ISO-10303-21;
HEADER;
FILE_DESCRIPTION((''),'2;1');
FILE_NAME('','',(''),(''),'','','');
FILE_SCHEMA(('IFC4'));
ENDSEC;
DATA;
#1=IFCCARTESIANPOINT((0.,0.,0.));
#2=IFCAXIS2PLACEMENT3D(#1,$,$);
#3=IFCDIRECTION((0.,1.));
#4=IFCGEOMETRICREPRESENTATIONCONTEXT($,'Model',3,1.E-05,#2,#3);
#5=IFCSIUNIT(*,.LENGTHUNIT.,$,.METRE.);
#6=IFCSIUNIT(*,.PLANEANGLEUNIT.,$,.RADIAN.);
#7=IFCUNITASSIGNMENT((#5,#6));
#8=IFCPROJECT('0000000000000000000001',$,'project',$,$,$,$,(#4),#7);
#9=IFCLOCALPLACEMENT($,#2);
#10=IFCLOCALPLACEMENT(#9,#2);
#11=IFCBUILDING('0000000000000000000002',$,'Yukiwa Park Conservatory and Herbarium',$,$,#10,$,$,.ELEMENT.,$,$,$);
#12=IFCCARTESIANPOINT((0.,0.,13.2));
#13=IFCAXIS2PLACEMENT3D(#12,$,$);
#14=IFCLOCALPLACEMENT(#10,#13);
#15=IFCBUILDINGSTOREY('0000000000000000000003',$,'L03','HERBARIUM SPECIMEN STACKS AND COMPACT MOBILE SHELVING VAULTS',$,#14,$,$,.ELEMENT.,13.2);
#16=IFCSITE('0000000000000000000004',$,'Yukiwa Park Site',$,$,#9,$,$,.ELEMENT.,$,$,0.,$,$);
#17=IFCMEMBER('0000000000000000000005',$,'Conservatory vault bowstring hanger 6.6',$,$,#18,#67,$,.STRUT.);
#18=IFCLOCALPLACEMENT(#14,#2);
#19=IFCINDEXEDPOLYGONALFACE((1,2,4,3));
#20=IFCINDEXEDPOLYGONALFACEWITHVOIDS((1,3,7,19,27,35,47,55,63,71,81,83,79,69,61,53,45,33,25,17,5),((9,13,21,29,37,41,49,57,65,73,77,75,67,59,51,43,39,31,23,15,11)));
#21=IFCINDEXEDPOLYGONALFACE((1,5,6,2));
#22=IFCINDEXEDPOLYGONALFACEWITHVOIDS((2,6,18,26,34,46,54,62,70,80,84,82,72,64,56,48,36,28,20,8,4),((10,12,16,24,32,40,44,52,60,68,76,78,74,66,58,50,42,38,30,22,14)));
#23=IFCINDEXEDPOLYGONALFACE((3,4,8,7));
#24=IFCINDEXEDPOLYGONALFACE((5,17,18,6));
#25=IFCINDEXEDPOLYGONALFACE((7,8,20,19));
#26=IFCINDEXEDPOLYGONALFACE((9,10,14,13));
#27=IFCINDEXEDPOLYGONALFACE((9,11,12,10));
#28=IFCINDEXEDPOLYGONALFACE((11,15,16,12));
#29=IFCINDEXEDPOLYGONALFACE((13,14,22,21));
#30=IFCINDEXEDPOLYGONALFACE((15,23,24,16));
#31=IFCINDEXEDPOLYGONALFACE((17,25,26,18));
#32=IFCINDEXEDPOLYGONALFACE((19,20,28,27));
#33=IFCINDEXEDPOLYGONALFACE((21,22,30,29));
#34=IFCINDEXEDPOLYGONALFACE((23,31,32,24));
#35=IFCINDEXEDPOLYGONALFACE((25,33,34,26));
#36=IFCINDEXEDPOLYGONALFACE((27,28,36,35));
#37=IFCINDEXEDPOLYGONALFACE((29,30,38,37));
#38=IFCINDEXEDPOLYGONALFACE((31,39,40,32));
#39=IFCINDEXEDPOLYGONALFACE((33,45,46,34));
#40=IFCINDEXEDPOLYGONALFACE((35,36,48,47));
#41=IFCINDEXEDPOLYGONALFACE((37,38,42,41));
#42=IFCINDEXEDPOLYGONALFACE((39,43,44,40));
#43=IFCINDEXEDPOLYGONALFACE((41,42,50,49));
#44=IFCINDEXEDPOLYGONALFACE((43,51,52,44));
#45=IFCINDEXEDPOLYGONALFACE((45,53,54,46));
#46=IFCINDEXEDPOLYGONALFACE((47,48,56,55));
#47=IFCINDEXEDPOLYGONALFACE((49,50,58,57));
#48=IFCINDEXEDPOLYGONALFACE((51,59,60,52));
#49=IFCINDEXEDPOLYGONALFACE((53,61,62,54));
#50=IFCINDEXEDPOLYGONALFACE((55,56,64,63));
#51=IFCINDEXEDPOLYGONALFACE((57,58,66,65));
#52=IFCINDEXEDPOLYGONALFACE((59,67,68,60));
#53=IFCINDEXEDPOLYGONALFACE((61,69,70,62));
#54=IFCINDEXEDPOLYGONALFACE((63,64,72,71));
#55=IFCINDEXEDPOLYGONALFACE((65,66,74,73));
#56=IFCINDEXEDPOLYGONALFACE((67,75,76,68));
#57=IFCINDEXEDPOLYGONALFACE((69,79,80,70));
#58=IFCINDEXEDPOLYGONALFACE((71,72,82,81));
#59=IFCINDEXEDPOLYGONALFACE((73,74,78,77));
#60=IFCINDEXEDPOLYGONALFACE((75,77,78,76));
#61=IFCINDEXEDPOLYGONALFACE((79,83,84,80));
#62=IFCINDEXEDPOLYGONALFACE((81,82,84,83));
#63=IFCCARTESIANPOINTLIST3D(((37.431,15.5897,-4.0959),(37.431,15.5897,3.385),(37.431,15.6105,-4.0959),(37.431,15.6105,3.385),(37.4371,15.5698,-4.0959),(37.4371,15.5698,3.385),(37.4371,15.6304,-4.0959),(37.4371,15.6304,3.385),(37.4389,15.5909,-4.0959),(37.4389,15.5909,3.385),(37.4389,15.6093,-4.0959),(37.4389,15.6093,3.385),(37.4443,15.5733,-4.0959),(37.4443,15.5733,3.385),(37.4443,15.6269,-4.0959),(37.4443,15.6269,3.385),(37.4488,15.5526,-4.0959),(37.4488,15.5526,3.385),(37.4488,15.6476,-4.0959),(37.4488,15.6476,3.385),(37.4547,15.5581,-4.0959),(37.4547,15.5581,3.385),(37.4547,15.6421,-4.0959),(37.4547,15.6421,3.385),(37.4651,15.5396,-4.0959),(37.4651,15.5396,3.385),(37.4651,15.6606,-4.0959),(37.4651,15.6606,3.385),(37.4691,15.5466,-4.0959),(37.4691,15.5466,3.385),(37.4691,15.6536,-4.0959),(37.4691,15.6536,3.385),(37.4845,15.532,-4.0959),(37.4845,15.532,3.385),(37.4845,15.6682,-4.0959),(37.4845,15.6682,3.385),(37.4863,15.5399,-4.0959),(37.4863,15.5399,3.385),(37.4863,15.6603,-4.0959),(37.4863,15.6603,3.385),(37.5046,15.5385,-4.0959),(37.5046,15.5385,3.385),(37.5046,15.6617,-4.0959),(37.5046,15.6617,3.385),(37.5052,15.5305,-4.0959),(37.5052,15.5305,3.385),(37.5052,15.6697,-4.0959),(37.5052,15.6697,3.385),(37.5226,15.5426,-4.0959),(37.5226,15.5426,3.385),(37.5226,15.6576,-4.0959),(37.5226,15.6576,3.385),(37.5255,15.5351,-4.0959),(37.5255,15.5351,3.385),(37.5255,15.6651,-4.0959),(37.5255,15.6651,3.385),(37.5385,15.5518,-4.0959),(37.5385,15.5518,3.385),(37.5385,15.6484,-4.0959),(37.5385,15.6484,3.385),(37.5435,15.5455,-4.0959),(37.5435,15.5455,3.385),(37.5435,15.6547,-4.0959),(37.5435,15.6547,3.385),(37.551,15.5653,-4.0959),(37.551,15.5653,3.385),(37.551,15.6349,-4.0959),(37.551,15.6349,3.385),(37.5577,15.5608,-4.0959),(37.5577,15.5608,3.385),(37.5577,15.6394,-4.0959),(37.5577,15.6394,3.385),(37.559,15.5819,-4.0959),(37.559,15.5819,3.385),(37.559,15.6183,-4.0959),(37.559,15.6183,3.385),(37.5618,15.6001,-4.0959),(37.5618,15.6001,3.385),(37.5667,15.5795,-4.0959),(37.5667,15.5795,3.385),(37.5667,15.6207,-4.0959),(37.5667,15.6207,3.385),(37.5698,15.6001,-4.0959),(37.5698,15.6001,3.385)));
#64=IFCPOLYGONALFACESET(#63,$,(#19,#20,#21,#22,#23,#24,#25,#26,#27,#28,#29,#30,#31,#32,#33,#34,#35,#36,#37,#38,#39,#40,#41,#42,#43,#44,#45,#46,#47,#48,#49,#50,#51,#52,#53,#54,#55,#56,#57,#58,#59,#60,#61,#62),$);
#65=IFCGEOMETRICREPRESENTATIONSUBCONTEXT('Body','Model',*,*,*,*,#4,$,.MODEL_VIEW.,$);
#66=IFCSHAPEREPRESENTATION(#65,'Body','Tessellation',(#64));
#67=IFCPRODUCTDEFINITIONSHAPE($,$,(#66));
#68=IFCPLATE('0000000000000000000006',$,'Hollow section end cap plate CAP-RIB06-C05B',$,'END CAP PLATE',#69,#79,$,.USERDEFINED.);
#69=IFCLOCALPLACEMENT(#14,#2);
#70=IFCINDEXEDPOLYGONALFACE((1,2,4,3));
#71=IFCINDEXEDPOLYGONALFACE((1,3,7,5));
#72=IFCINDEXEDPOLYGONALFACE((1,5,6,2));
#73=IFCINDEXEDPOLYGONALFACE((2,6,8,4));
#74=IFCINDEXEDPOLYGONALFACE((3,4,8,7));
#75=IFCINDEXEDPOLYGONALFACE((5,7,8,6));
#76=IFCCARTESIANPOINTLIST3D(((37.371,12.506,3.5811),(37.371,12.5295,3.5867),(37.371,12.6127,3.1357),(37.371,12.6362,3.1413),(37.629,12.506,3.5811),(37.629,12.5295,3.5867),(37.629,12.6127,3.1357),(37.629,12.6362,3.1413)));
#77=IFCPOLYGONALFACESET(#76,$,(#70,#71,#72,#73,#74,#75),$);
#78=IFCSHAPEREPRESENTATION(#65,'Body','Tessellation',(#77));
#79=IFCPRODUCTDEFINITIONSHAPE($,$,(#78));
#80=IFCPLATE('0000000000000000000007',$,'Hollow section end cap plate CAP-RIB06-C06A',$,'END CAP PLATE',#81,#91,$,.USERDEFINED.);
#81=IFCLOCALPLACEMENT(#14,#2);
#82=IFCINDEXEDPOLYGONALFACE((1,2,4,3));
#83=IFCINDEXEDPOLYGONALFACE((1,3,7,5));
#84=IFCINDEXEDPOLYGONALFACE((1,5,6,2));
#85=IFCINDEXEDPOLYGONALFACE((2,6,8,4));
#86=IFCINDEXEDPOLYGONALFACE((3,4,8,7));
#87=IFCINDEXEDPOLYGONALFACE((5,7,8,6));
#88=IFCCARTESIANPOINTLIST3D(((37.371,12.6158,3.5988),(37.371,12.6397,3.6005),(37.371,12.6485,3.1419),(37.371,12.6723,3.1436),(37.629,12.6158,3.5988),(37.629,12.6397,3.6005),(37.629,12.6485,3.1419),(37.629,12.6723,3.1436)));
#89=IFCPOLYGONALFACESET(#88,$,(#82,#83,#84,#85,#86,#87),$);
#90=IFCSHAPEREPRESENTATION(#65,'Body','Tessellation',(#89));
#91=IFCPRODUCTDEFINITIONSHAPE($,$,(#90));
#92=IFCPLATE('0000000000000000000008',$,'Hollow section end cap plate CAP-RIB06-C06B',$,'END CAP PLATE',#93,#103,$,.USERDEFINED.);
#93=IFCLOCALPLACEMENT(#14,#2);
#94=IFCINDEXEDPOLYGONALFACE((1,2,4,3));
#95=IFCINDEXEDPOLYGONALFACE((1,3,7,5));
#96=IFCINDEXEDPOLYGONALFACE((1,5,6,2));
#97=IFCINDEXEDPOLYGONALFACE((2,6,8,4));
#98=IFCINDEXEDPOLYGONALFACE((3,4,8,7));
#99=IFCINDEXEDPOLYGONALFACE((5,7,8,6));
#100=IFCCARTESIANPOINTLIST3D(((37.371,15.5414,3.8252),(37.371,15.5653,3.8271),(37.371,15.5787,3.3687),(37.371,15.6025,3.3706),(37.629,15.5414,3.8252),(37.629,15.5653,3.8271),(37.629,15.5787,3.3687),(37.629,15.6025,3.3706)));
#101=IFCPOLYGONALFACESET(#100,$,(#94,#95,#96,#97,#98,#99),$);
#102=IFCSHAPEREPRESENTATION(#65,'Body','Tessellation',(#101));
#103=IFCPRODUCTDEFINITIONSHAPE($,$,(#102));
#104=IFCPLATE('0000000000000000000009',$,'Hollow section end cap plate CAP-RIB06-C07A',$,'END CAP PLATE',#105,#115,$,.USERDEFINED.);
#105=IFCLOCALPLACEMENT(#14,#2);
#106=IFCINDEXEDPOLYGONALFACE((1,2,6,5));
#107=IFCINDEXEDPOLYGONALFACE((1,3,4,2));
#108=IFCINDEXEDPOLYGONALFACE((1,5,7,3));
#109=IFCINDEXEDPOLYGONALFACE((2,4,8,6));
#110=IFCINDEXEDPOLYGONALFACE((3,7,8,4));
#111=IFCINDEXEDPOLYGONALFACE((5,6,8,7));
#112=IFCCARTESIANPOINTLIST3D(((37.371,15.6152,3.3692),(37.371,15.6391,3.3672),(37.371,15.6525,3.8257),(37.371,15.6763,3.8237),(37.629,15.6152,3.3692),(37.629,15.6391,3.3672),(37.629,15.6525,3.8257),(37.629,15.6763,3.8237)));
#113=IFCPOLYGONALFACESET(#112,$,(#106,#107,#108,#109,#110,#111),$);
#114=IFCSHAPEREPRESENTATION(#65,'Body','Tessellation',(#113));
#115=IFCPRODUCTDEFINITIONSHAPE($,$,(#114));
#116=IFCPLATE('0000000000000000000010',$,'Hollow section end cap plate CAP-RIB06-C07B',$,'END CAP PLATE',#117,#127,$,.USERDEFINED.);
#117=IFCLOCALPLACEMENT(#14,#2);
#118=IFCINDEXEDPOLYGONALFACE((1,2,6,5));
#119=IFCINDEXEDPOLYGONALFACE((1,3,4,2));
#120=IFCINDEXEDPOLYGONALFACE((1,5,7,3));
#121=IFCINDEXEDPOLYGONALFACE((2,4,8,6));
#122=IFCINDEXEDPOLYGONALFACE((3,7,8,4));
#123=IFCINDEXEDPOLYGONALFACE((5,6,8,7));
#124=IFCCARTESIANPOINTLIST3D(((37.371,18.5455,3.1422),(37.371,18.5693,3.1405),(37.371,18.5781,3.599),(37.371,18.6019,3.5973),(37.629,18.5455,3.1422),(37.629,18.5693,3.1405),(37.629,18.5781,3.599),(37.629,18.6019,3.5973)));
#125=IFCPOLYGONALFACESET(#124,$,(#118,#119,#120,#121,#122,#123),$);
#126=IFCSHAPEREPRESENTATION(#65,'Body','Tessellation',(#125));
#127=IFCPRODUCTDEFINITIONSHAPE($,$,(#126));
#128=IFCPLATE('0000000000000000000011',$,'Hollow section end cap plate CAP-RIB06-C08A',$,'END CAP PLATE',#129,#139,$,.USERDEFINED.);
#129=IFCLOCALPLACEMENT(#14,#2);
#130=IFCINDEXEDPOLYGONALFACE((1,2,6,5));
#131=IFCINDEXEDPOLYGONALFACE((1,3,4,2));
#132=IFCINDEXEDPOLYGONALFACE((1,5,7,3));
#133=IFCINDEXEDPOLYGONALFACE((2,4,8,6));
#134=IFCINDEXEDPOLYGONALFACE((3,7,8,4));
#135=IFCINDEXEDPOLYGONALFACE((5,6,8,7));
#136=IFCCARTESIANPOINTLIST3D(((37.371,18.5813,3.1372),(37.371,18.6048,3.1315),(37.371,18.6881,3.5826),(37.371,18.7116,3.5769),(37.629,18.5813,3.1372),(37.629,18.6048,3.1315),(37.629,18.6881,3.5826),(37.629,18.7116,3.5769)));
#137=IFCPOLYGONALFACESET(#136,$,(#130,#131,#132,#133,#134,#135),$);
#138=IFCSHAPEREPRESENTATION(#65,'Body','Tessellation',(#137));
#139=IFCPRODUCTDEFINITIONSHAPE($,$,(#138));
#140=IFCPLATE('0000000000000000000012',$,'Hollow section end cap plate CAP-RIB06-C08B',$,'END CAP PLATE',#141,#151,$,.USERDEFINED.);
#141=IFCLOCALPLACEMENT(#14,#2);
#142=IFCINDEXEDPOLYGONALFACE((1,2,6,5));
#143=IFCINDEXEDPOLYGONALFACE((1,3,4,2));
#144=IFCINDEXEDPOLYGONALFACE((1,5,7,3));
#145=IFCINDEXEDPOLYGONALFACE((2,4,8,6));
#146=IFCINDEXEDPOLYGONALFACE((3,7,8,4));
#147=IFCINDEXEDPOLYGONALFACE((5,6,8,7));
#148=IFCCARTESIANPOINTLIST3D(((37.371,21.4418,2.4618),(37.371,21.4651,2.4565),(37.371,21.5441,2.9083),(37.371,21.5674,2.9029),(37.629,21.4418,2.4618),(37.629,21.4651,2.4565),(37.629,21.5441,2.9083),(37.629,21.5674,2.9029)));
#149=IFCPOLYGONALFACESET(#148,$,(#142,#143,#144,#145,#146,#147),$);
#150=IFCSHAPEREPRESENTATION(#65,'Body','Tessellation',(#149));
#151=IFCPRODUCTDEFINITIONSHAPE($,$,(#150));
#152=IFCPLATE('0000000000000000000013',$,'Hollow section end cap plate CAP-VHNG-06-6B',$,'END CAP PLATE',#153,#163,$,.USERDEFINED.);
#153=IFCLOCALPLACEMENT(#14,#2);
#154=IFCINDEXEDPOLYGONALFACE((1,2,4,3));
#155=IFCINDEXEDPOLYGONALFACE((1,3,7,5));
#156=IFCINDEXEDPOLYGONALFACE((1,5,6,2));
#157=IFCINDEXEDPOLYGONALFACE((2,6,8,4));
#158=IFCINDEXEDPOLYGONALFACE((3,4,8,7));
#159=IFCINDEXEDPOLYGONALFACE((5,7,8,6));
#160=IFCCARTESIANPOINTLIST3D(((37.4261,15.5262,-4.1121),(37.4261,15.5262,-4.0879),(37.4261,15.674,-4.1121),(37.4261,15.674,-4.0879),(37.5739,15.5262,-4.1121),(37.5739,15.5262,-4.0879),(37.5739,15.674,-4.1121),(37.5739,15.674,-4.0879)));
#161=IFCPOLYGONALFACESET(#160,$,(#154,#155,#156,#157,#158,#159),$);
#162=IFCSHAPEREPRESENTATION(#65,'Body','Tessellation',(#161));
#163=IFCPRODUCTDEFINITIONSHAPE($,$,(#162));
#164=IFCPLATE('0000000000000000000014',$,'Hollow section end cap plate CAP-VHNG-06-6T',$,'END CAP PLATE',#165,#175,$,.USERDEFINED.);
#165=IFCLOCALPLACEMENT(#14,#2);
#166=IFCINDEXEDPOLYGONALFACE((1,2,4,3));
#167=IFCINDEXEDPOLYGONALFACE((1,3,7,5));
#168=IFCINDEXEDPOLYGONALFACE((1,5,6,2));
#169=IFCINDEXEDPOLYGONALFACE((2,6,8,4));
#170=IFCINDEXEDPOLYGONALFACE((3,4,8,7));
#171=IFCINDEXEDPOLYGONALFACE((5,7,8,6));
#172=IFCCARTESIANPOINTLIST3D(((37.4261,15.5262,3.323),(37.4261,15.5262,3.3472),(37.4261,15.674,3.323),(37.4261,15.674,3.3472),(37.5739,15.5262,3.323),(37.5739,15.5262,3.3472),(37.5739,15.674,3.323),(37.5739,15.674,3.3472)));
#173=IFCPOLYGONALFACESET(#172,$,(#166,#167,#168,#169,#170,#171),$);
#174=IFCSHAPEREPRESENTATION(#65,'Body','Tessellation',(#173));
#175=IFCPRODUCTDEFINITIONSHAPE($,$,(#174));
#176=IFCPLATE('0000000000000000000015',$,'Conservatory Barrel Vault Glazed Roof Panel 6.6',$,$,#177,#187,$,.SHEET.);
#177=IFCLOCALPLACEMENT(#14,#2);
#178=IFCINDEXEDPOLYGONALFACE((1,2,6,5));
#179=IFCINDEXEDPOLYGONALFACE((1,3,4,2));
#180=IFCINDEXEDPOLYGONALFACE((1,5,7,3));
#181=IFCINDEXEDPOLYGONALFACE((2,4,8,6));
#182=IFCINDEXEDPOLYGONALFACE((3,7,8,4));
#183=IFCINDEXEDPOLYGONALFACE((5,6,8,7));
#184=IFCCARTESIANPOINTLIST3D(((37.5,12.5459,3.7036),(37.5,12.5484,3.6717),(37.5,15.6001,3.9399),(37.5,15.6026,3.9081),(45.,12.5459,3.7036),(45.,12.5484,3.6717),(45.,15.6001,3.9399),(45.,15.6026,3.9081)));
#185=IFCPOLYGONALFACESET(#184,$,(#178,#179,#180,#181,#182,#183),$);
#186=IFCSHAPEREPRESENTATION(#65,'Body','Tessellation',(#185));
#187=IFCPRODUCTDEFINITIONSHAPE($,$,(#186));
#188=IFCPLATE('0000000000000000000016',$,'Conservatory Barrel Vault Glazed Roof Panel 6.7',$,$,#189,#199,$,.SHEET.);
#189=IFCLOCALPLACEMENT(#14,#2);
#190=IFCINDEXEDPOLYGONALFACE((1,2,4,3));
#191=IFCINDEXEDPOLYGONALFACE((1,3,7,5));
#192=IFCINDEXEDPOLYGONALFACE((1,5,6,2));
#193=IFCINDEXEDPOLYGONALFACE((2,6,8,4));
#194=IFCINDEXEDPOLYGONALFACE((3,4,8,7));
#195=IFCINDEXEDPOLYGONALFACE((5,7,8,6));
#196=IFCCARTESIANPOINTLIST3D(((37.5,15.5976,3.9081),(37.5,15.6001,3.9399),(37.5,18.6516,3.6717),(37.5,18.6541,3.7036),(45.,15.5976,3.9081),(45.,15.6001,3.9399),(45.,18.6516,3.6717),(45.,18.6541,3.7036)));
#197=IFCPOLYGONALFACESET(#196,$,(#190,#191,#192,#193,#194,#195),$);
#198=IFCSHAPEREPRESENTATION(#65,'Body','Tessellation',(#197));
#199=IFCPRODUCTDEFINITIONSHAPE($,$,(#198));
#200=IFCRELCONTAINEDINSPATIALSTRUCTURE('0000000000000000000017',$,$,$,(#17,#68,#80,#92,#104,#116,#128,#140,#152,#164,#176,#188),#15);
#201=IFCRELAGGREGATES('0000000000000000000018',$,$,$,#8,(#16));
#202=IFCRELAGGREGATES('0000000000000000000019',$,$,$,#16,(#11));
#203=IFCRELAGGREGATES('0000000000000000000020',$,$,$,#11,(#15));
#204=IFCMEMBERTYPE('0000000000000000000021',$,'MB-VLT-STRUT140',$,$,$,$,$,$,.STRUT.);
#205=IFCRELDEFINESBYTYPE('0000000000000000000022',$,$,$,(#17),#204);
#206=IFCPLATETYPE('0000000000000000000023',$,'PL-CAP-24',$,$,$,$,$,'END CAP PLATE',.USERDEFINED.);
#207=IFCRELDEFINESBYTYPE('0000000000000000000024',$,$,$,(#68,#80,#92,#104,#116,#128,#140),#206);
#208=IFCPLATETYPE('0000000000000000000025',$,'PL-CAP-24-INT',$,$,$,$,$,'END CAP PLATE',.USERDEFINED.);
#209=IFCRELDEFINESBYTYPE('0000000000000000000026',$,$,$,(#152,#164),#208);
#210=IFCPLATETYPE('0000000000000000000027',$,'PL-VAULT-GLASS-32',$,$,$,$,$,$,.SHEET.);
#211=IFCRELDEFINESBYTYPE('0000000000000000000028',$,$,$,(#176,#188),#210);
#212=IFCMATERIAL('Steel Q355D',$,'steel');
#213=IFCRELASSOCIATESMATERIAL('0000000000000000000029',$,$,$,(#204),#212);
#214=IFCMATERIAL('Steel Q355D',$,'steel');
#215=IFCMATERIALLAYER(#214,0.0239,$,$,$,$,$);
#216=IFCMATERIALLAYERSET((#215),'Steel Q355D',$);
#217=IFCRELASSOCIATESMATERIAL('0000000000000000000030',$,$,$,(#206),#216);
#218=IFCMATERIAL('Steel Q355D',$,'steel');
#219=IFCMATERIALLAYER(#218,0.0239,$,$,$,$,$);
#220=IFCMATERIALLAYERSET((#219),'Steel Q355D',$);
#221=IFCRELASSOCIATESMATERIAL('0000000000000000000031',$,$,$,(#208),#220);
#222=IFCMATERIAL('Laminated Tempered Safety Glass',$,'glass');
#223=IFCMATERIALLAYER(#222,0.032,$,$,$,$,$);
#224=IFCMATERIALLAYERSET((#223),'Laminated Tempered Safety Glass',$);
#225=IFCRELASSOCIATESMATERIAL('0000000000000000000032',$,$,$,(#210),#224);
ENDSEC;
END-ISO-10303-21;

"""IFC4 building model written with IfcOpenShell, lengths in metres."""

from ifc_helpers import new_model, si_unit, direction, frame, origin, origin_2d, place, context, subcontext, project, spatial, polyline, rectangle, hollow_circle, outline, extrude, material, layer, layer_set, material_profile, profile_set, type_object, element, save


model = new_model("IFC4")

# Units and contexts
model_context = context("Model", 3, precision=1e-05, world=origin(), true_north=direction((0.0, 1.0)))
body_context = subcontext(model_context, "Body", "Model", "MODEL_VIEW")
ifc_project = project(units=[si_unit("LENGTHUNIT", "METRE"), si_unit("PLANEANGLEUNIT", "RADIAN")], contexts=[model_context])

# Site, building, storey
site_placement = place(None, origin())
site = spatial("IfcSite", under=ifc_project, at=site_placement, Name="Yukiwa Park Site", CompositionType="ELEMENT", RefElevation=0.0)
building_placement = place(site_placement, origin())
building = spatial("IfcBuilding", under=site, at=building_placement, Name="Yukiwa Park Conservatory and Herbarium", CompositionType="ELEMENT")
storey_placement = place(building_placement, frame((0.0, 0.0, 13.2)))
storey = spatial("IfcBuildingStorey", under=building, at=storey_placement, Name="L03", Description="HERBARIUM SPECIMEN STACKS AND COMPACT MOBILE SHELVING VAULTS", CompositionType="ELEMENT", Elevation=13.2)

# Member
ifc_material_1 = material(Name="Steel Q355D", Category="steel")
ifc_material_profile_1 = material_profile(ifc_material_1, hollow_circle(Radius=0.0698, WallThickness=0.0081, at=origin_2d()), Name="CHS 139.7x8")
ifc_profile_set_1 = profile_set([ifc_material_profile_1], Name="Steel Q355D")
member_type_1 = type_object("IfcMemberType", Name="MB-VLT-STRUT140", PredefinedType="STRUT", material=ifc_profile_set_1)
member_placement = place(storey_placement, frame((37.5, 15.6001, -4.0959), z_axis=(0.0, 0.0, 1.0), x_axis=(1.0, 0.0, 0.0)))
element("IfcMember", 1, at=member_placement, inside=storey, type_object=member_type_1, Name="Conservatory vault bowstring hanger 6.6", PredefinedType="STRUT", context=body_context, shape_type="SweptSolid", body=[
    extrude(hollow_circle(Radius=0.0698, WallThickness=0.0081, at=origin_2d()), origin(), (0.0, 0.0, 1.0), 7.481),
])

# Plates
ifc_material_2 = material(Name="Steel Q355D", Category="steel")
ifc_layer_1 = layer(ifc_material_2, 0.0239)
ifc_layer_set_1 = layer_set([ifc_layer_1], Name="Steel Q355D")
plate_type_1 = type_object("IfcPlateType", Name="PL-CAP-24", ElementType="END CAP PLATE", PredefinedType="USERDEFINED", material=ifc_layer_set_1)
plate_1_placement = place(storey_placement, frame((37.5, 12.5593, 3.3584), z_axis=(0.0, 0.972479, 0.23299), x_axis=(-1.0, 0.0, 0.0)))
element("IfcPlate", 2, at=plate_1_placement, inside=storey, type_object=plate_type_1, Name="Hollow section end cap plate CAP-RIB06-C05B", ObjectType="END CAP PLATE", PredefinedType="USERDEFINED", context=body_context, shape_type="SweptSolid", body=[
    extrude(rectangle(XDim=0.2581, YDim=0.458, at=origin_2d()), origin(), (0.0, 0.0, 1.0), 0.0242),
])
for number, where, z_axis, x_axis, name in (
    (3, (37.5, 12.656, 3.3721), (0.0, -0.997459, -0.071247), (1.0, 0.0, 0.0), "Hollow section end cap plate CAP-RIB06-C06A"),
    (4, (37.5, 15.5601, 3.5969), (0.0, 0.996685, 0.081362), (-1.0, 0.0, 0.0), "Hollow section end cap plate CAP-RIB06-C06B"),
    (5, (37.5, 15.6577, 3.5955), (0.0, -0.996685, 0.081362), (1.0, 0.0, 0.0), "Hollow section end cap plate CAP-RIB06-C07A"),
    (6, (37.5, 18.5618, 3.3706), (0.0, 0.997459, -0.071247), (-1.0, 0.0, 0.0), "Hollow section end cap plate CAP-RIB06-C07B"),
):
    element("IfcPlate", number, at=place(storey_placement, frame(where, z_axis=z_axis, x_axis=x_axis)), inside=storey, type_object=plate_type_1, Name=name, ObjectType="END CAP PLATE", PredefinedType="USERDEFINED", context=body_context, shape_type="SweptSolid", body=[
        extrude(rectangle(XDim=0.2581, YDim=0.458, at=origin_2d()), origin(), (0.0, 0.0, 1.0), 0.0239),
    ])
plate_2_placement = place(storey_placement, frame((37.5, 18.6582, 3.3542), z_axis=(0.0, -0.972479, 0.23299), x_axis=(1.0, 0.0, 0.0)))
element("IfcPlate", 7, at=plate_2_placement, inside=storey, type_object=plate_type_1, Name="Hollow section end cap plate CAP-RIB06-C08A", ObjectType="END CAP PLATE", PredefinedType="USERDEFINED", context=body_context, shape_type="SweptSolid", body=[
    extrude(rectangle(XDim=0.2581, YDim=0.458, at=origin_2d()), origin(), (0.0, 0.0, 1.0), 0.0242),
])
plate_3_placement = place(storey_placement, frame((37.5, 21.4929, 2.6851), z_axis=(0.0, 0.974732, -0.223376), x_axis=(-1.0, 0.0, 0.0)))
element("IfcPlate", 8, at=plate_3_placement, inside=storey, type_object=plate_type_1, Name="Hollow section end cap plate CAP-RIB06-C08B", ObjectType="END CAP PLATE", PredefinedType="USERDEFINED", context=body_context, shape_type="SweptSolid", body=[
    extrude(rectangle(XDim=0.2581, YDim=0.458, at=origin_2d()), origin(), (0.0, 0.0, 1.0), 0.0239),
])
ifc_material_3 = material(Name="Steel Q355D", Category="steel")
ifc_layer_2 = layer(ifc_material_3, 0.0239)
ifc_layer_set_2 = layer_set([ifc_layer_2], Name="Steel Q355D")
plate_type_2 = type_object("IfcPlateType", Name="PL-CAP-24-INT", ElementType="END CAP PLATE", PredefinedType="USERDEFINED", material=ifc_layer_set_2)
for number, where, z_axis, x_axis, name in (
    (9, (37.5, 15.6001, -4.0879), (0.0, 0.0, -1.0), (1.0, 0.0, 0.0), "Hollow section end cap plate CAP-VHNG-06-6B"),
    (10, (37.5, 15.6001, 3.323), (0.0, 0.0, 1.0), (1.0, 0.0, 0.0), "Hollow section end cap plate CAP-VHNG-06-6T"),
):
    element("IfcPlate", number, at=place(storey_placement, frame(where, z_axis=z_axis, x_axis=x_axis)), inside=storey, type_object=plate_type_2, Name=name, ObjectType="END CAP PLATE", PredefinedType="USERDEFINED", context=body_context, shape_type="SweptSolid", body=[
        extrude(rectangle(XDim=0.1477, YDim=0.1477, at=origin_2d()), origin(), (0.0, 0.0, 1.0), 0.0242),
    ])
ifc_material_4 = material(Name="Laminated Tempered Safety Glass", Category="glass")
ifc_layer_3 = layer(ifc_material_4, 0.032)
ifc_layer_set_3 = layer_set([ifc_layer_3], Name="Laminated Tempered Safety Glass")
plate_type_3 = type_object("IfcPlateType", Name="PL-VAULT-GLASS-32", PredefinedType="SHEET", material=ifc_layer_set_3)
plate_4_placement = place(storey_placement, frame((37.5, 12.5459, 3.7036), z_axis=(0.0, -0.077147, 0.99702), x_axis=(1.0, 0.0, 0.0)))
element("IfcPlate", 11, at=plate_4_placement, inside=storey, type_object=plate_type_3, Name="Conservatory Barrel Vault Glazed Roof Panel 6.6", PredefinedType="SHEET", context=body_context, shape_type="SweptSolid", body=[
    extrude(outline(polyline([(0.0, 0.0), (7.5, 0.0), (7.5, 3.0633), (0.0, 3.0633), (0.0, 0.0)])), origin(), (0.0, 0.0, -1.0), 0.032),
])
plate_5_placement = place(storey_placement, frame((37.5, 15.6001, 3.9399), z_axis=(0.0, 0.077154, 0.997019), x_axis=(1.0, 0.0, 0.0)))
element("IfcPlate", 12, at=plate_5_placement, inside=storey, type_object=plate_type_3, Name="Conservatory Barrel Vault Glazed Roof Panel 6.7", PredefinedType="SHEET", context=body_context, shape_type="SweptSolid", body=[
    extrude(outline(polyline([(0.0, 0.0), (7.5, 0.0), (7.5, 3.0631), (0.0, 3.0631), (0.0, 0.0)])), origin(), (0.0, 0.0, -1.0), 0.032),
])

save(model, "model.ifc")
